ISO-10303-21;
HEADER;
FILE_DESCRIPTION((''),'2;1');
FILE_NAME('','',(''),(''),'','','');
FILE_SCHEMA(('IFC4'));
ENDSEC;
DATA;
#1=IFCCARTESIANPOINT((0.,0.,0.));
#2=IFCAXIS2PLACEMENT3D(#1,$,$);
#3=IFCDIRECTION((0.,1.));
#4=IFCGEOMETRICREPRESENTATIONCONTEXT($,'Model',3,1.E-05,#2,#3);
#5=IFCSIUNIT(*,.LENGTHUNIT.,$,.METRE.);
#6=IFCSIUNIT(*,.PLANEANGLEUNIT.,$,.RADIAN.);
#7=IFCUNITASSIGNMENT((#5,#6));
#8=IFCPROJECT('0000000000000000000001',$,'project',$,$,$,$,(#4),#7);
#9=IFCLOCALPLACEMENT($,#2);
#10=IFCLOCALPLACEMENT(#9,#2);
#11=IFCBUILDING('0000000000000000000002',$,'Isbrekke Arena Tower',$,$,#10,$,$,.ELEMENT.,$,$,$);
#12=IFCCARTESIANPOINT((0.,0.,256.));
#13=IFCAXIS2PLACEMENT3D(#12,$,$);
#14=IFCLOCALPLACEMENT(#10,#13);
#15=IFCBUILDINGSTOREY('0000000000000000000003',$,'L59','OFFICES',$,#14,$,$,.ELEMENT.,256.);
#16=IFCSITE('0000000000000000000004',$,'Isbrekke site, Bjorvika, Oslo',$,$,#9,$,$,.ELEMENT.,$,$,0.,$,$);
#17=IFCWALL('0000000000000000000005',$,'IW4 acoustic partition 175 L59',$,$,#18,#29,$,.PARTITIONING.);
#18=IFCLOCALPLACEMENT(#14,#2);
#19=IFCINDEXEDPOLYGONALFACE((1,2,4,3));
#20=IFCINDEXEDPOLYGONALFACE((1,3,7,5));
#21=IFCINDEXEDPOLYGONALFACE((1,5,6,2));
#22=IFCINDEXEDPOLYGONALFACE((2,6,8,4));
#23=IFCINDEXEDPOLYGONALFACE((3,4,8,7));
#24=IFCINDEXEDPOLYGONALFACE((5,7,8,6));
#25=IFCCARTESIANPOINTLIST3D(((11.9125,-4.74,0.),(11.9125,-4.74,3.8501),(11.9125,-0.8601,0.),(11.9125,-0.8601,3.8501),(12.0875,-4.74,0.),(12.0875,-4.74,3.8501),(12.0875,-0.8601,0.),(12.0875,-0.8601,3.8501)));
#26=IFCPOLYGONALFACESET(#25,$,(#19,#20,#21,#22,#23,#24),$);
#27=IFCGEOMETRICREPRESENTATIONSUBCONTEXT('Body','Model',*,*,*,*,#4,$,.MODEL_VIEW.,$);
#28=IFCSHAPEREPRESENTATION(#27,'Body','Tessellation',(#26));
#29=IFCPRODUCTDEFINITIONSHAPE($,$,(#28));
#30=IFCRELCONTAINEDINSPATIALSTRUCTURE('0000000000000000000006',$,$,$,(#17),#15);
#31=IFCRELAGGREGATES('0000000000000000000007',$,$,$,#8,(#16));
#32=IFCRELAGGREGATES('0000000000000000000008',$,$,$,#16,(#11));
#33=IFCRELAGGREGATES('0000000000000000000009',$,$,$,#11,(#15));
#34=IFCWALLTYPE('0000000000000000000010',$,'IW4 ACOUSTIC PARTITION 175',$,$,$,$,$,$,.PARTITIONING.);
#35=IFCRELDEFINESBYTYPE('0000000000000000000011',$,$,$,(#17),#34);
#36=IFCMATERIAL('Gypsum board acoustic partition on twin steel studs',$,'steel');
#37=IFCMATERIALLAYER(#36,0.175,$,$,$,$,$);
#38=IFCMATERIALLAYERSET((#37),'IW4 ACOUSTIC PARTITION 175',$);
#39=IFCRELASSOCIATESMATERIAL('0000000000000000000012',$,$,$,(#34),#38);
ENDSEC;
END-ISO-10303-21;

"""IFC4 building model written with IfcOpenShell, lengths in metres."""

from ifc_helpers import new_model, si_unit, direction, frame, frame_2d, origin, place, context, subcontext, project, spatial, rectangle, extrude, material, layer, layer_set, type_object, element, save


model = new_model("IFC4")

# Units and contexts
model_context = context("Model", 3, precision=1e-05, world=origin(), true_north=direction((0.0, 1.0)))
body_context = subcontext(model_context, "Body", "Model", "MODEL_VIEW")
ifc_project = project(units=[si_unit("LENGTHUNIT", "METRE"), si_unit("PLANEANGLEUNIT", "RADIAN")], contexts=[model_context])

# Site, building, storey
site_placement = place(None, origin())
site = spatial("IfcSite", under=ifc_project, at=site_placement, Name="Isbrekke site, Bjorvika, Oslo", CompositionType="ELEMENT", RefElevation=0.0)
building_placement = place(site_placement, origin())
building = spatial("IfcBuilding", under=site, at=building_placement, Name="Isbrekke Arena Tower", CompositionType="ELEMENT")
storey_placement = place(building_placement, frame((0.0, 0.0, 256.0)))
storey = spatial("IfcBuildingStorey", under=building, at=storey_placement, Name="L59", Description="OFFICES", CompositionType="ELEMENT", Elevation=256.0)

# Wall
ifc_material_1 = material(Name="Gypsum board acoustic partition on twin steel studs", Category="steel")
ifc_layer_1 = layer(ifc_material_1, 0.175)
ifc_layer_set_1 = layer_set([ifc_layer_1], Name="IW4 ACOUSTIC PARTITION 175")
wall_type_1 = type_object("IfcWallType", Name="IW4 ACOUSTIC PARTITION 175", PredefinedType="PARTITIONING", material=ifc_layer_set_1)
wall_1_placement = place(storey_placement, frame((12.0, -4.74, 0.0), z_axis=(0.0, 0.0, 1.0), x_axis=(0.0, 1.0, 0.0)))
element("IfcWall", 1, at=wall_1_placement, inside=storey, type_object=wall_type_1, Name="IW4 acoustic partition 175 L59", PredefinedType="PARTITIONING", context=body_context, shape_type="SweptSolid", body=[
    extrude(rectangle(XDim=3.8799, YDim=0.175, at=frame_2d((1.9399, 0.0))), origin(), (0.0, 0.0, 1.0), 3.8501),
])

save(model, "model.ifc")
